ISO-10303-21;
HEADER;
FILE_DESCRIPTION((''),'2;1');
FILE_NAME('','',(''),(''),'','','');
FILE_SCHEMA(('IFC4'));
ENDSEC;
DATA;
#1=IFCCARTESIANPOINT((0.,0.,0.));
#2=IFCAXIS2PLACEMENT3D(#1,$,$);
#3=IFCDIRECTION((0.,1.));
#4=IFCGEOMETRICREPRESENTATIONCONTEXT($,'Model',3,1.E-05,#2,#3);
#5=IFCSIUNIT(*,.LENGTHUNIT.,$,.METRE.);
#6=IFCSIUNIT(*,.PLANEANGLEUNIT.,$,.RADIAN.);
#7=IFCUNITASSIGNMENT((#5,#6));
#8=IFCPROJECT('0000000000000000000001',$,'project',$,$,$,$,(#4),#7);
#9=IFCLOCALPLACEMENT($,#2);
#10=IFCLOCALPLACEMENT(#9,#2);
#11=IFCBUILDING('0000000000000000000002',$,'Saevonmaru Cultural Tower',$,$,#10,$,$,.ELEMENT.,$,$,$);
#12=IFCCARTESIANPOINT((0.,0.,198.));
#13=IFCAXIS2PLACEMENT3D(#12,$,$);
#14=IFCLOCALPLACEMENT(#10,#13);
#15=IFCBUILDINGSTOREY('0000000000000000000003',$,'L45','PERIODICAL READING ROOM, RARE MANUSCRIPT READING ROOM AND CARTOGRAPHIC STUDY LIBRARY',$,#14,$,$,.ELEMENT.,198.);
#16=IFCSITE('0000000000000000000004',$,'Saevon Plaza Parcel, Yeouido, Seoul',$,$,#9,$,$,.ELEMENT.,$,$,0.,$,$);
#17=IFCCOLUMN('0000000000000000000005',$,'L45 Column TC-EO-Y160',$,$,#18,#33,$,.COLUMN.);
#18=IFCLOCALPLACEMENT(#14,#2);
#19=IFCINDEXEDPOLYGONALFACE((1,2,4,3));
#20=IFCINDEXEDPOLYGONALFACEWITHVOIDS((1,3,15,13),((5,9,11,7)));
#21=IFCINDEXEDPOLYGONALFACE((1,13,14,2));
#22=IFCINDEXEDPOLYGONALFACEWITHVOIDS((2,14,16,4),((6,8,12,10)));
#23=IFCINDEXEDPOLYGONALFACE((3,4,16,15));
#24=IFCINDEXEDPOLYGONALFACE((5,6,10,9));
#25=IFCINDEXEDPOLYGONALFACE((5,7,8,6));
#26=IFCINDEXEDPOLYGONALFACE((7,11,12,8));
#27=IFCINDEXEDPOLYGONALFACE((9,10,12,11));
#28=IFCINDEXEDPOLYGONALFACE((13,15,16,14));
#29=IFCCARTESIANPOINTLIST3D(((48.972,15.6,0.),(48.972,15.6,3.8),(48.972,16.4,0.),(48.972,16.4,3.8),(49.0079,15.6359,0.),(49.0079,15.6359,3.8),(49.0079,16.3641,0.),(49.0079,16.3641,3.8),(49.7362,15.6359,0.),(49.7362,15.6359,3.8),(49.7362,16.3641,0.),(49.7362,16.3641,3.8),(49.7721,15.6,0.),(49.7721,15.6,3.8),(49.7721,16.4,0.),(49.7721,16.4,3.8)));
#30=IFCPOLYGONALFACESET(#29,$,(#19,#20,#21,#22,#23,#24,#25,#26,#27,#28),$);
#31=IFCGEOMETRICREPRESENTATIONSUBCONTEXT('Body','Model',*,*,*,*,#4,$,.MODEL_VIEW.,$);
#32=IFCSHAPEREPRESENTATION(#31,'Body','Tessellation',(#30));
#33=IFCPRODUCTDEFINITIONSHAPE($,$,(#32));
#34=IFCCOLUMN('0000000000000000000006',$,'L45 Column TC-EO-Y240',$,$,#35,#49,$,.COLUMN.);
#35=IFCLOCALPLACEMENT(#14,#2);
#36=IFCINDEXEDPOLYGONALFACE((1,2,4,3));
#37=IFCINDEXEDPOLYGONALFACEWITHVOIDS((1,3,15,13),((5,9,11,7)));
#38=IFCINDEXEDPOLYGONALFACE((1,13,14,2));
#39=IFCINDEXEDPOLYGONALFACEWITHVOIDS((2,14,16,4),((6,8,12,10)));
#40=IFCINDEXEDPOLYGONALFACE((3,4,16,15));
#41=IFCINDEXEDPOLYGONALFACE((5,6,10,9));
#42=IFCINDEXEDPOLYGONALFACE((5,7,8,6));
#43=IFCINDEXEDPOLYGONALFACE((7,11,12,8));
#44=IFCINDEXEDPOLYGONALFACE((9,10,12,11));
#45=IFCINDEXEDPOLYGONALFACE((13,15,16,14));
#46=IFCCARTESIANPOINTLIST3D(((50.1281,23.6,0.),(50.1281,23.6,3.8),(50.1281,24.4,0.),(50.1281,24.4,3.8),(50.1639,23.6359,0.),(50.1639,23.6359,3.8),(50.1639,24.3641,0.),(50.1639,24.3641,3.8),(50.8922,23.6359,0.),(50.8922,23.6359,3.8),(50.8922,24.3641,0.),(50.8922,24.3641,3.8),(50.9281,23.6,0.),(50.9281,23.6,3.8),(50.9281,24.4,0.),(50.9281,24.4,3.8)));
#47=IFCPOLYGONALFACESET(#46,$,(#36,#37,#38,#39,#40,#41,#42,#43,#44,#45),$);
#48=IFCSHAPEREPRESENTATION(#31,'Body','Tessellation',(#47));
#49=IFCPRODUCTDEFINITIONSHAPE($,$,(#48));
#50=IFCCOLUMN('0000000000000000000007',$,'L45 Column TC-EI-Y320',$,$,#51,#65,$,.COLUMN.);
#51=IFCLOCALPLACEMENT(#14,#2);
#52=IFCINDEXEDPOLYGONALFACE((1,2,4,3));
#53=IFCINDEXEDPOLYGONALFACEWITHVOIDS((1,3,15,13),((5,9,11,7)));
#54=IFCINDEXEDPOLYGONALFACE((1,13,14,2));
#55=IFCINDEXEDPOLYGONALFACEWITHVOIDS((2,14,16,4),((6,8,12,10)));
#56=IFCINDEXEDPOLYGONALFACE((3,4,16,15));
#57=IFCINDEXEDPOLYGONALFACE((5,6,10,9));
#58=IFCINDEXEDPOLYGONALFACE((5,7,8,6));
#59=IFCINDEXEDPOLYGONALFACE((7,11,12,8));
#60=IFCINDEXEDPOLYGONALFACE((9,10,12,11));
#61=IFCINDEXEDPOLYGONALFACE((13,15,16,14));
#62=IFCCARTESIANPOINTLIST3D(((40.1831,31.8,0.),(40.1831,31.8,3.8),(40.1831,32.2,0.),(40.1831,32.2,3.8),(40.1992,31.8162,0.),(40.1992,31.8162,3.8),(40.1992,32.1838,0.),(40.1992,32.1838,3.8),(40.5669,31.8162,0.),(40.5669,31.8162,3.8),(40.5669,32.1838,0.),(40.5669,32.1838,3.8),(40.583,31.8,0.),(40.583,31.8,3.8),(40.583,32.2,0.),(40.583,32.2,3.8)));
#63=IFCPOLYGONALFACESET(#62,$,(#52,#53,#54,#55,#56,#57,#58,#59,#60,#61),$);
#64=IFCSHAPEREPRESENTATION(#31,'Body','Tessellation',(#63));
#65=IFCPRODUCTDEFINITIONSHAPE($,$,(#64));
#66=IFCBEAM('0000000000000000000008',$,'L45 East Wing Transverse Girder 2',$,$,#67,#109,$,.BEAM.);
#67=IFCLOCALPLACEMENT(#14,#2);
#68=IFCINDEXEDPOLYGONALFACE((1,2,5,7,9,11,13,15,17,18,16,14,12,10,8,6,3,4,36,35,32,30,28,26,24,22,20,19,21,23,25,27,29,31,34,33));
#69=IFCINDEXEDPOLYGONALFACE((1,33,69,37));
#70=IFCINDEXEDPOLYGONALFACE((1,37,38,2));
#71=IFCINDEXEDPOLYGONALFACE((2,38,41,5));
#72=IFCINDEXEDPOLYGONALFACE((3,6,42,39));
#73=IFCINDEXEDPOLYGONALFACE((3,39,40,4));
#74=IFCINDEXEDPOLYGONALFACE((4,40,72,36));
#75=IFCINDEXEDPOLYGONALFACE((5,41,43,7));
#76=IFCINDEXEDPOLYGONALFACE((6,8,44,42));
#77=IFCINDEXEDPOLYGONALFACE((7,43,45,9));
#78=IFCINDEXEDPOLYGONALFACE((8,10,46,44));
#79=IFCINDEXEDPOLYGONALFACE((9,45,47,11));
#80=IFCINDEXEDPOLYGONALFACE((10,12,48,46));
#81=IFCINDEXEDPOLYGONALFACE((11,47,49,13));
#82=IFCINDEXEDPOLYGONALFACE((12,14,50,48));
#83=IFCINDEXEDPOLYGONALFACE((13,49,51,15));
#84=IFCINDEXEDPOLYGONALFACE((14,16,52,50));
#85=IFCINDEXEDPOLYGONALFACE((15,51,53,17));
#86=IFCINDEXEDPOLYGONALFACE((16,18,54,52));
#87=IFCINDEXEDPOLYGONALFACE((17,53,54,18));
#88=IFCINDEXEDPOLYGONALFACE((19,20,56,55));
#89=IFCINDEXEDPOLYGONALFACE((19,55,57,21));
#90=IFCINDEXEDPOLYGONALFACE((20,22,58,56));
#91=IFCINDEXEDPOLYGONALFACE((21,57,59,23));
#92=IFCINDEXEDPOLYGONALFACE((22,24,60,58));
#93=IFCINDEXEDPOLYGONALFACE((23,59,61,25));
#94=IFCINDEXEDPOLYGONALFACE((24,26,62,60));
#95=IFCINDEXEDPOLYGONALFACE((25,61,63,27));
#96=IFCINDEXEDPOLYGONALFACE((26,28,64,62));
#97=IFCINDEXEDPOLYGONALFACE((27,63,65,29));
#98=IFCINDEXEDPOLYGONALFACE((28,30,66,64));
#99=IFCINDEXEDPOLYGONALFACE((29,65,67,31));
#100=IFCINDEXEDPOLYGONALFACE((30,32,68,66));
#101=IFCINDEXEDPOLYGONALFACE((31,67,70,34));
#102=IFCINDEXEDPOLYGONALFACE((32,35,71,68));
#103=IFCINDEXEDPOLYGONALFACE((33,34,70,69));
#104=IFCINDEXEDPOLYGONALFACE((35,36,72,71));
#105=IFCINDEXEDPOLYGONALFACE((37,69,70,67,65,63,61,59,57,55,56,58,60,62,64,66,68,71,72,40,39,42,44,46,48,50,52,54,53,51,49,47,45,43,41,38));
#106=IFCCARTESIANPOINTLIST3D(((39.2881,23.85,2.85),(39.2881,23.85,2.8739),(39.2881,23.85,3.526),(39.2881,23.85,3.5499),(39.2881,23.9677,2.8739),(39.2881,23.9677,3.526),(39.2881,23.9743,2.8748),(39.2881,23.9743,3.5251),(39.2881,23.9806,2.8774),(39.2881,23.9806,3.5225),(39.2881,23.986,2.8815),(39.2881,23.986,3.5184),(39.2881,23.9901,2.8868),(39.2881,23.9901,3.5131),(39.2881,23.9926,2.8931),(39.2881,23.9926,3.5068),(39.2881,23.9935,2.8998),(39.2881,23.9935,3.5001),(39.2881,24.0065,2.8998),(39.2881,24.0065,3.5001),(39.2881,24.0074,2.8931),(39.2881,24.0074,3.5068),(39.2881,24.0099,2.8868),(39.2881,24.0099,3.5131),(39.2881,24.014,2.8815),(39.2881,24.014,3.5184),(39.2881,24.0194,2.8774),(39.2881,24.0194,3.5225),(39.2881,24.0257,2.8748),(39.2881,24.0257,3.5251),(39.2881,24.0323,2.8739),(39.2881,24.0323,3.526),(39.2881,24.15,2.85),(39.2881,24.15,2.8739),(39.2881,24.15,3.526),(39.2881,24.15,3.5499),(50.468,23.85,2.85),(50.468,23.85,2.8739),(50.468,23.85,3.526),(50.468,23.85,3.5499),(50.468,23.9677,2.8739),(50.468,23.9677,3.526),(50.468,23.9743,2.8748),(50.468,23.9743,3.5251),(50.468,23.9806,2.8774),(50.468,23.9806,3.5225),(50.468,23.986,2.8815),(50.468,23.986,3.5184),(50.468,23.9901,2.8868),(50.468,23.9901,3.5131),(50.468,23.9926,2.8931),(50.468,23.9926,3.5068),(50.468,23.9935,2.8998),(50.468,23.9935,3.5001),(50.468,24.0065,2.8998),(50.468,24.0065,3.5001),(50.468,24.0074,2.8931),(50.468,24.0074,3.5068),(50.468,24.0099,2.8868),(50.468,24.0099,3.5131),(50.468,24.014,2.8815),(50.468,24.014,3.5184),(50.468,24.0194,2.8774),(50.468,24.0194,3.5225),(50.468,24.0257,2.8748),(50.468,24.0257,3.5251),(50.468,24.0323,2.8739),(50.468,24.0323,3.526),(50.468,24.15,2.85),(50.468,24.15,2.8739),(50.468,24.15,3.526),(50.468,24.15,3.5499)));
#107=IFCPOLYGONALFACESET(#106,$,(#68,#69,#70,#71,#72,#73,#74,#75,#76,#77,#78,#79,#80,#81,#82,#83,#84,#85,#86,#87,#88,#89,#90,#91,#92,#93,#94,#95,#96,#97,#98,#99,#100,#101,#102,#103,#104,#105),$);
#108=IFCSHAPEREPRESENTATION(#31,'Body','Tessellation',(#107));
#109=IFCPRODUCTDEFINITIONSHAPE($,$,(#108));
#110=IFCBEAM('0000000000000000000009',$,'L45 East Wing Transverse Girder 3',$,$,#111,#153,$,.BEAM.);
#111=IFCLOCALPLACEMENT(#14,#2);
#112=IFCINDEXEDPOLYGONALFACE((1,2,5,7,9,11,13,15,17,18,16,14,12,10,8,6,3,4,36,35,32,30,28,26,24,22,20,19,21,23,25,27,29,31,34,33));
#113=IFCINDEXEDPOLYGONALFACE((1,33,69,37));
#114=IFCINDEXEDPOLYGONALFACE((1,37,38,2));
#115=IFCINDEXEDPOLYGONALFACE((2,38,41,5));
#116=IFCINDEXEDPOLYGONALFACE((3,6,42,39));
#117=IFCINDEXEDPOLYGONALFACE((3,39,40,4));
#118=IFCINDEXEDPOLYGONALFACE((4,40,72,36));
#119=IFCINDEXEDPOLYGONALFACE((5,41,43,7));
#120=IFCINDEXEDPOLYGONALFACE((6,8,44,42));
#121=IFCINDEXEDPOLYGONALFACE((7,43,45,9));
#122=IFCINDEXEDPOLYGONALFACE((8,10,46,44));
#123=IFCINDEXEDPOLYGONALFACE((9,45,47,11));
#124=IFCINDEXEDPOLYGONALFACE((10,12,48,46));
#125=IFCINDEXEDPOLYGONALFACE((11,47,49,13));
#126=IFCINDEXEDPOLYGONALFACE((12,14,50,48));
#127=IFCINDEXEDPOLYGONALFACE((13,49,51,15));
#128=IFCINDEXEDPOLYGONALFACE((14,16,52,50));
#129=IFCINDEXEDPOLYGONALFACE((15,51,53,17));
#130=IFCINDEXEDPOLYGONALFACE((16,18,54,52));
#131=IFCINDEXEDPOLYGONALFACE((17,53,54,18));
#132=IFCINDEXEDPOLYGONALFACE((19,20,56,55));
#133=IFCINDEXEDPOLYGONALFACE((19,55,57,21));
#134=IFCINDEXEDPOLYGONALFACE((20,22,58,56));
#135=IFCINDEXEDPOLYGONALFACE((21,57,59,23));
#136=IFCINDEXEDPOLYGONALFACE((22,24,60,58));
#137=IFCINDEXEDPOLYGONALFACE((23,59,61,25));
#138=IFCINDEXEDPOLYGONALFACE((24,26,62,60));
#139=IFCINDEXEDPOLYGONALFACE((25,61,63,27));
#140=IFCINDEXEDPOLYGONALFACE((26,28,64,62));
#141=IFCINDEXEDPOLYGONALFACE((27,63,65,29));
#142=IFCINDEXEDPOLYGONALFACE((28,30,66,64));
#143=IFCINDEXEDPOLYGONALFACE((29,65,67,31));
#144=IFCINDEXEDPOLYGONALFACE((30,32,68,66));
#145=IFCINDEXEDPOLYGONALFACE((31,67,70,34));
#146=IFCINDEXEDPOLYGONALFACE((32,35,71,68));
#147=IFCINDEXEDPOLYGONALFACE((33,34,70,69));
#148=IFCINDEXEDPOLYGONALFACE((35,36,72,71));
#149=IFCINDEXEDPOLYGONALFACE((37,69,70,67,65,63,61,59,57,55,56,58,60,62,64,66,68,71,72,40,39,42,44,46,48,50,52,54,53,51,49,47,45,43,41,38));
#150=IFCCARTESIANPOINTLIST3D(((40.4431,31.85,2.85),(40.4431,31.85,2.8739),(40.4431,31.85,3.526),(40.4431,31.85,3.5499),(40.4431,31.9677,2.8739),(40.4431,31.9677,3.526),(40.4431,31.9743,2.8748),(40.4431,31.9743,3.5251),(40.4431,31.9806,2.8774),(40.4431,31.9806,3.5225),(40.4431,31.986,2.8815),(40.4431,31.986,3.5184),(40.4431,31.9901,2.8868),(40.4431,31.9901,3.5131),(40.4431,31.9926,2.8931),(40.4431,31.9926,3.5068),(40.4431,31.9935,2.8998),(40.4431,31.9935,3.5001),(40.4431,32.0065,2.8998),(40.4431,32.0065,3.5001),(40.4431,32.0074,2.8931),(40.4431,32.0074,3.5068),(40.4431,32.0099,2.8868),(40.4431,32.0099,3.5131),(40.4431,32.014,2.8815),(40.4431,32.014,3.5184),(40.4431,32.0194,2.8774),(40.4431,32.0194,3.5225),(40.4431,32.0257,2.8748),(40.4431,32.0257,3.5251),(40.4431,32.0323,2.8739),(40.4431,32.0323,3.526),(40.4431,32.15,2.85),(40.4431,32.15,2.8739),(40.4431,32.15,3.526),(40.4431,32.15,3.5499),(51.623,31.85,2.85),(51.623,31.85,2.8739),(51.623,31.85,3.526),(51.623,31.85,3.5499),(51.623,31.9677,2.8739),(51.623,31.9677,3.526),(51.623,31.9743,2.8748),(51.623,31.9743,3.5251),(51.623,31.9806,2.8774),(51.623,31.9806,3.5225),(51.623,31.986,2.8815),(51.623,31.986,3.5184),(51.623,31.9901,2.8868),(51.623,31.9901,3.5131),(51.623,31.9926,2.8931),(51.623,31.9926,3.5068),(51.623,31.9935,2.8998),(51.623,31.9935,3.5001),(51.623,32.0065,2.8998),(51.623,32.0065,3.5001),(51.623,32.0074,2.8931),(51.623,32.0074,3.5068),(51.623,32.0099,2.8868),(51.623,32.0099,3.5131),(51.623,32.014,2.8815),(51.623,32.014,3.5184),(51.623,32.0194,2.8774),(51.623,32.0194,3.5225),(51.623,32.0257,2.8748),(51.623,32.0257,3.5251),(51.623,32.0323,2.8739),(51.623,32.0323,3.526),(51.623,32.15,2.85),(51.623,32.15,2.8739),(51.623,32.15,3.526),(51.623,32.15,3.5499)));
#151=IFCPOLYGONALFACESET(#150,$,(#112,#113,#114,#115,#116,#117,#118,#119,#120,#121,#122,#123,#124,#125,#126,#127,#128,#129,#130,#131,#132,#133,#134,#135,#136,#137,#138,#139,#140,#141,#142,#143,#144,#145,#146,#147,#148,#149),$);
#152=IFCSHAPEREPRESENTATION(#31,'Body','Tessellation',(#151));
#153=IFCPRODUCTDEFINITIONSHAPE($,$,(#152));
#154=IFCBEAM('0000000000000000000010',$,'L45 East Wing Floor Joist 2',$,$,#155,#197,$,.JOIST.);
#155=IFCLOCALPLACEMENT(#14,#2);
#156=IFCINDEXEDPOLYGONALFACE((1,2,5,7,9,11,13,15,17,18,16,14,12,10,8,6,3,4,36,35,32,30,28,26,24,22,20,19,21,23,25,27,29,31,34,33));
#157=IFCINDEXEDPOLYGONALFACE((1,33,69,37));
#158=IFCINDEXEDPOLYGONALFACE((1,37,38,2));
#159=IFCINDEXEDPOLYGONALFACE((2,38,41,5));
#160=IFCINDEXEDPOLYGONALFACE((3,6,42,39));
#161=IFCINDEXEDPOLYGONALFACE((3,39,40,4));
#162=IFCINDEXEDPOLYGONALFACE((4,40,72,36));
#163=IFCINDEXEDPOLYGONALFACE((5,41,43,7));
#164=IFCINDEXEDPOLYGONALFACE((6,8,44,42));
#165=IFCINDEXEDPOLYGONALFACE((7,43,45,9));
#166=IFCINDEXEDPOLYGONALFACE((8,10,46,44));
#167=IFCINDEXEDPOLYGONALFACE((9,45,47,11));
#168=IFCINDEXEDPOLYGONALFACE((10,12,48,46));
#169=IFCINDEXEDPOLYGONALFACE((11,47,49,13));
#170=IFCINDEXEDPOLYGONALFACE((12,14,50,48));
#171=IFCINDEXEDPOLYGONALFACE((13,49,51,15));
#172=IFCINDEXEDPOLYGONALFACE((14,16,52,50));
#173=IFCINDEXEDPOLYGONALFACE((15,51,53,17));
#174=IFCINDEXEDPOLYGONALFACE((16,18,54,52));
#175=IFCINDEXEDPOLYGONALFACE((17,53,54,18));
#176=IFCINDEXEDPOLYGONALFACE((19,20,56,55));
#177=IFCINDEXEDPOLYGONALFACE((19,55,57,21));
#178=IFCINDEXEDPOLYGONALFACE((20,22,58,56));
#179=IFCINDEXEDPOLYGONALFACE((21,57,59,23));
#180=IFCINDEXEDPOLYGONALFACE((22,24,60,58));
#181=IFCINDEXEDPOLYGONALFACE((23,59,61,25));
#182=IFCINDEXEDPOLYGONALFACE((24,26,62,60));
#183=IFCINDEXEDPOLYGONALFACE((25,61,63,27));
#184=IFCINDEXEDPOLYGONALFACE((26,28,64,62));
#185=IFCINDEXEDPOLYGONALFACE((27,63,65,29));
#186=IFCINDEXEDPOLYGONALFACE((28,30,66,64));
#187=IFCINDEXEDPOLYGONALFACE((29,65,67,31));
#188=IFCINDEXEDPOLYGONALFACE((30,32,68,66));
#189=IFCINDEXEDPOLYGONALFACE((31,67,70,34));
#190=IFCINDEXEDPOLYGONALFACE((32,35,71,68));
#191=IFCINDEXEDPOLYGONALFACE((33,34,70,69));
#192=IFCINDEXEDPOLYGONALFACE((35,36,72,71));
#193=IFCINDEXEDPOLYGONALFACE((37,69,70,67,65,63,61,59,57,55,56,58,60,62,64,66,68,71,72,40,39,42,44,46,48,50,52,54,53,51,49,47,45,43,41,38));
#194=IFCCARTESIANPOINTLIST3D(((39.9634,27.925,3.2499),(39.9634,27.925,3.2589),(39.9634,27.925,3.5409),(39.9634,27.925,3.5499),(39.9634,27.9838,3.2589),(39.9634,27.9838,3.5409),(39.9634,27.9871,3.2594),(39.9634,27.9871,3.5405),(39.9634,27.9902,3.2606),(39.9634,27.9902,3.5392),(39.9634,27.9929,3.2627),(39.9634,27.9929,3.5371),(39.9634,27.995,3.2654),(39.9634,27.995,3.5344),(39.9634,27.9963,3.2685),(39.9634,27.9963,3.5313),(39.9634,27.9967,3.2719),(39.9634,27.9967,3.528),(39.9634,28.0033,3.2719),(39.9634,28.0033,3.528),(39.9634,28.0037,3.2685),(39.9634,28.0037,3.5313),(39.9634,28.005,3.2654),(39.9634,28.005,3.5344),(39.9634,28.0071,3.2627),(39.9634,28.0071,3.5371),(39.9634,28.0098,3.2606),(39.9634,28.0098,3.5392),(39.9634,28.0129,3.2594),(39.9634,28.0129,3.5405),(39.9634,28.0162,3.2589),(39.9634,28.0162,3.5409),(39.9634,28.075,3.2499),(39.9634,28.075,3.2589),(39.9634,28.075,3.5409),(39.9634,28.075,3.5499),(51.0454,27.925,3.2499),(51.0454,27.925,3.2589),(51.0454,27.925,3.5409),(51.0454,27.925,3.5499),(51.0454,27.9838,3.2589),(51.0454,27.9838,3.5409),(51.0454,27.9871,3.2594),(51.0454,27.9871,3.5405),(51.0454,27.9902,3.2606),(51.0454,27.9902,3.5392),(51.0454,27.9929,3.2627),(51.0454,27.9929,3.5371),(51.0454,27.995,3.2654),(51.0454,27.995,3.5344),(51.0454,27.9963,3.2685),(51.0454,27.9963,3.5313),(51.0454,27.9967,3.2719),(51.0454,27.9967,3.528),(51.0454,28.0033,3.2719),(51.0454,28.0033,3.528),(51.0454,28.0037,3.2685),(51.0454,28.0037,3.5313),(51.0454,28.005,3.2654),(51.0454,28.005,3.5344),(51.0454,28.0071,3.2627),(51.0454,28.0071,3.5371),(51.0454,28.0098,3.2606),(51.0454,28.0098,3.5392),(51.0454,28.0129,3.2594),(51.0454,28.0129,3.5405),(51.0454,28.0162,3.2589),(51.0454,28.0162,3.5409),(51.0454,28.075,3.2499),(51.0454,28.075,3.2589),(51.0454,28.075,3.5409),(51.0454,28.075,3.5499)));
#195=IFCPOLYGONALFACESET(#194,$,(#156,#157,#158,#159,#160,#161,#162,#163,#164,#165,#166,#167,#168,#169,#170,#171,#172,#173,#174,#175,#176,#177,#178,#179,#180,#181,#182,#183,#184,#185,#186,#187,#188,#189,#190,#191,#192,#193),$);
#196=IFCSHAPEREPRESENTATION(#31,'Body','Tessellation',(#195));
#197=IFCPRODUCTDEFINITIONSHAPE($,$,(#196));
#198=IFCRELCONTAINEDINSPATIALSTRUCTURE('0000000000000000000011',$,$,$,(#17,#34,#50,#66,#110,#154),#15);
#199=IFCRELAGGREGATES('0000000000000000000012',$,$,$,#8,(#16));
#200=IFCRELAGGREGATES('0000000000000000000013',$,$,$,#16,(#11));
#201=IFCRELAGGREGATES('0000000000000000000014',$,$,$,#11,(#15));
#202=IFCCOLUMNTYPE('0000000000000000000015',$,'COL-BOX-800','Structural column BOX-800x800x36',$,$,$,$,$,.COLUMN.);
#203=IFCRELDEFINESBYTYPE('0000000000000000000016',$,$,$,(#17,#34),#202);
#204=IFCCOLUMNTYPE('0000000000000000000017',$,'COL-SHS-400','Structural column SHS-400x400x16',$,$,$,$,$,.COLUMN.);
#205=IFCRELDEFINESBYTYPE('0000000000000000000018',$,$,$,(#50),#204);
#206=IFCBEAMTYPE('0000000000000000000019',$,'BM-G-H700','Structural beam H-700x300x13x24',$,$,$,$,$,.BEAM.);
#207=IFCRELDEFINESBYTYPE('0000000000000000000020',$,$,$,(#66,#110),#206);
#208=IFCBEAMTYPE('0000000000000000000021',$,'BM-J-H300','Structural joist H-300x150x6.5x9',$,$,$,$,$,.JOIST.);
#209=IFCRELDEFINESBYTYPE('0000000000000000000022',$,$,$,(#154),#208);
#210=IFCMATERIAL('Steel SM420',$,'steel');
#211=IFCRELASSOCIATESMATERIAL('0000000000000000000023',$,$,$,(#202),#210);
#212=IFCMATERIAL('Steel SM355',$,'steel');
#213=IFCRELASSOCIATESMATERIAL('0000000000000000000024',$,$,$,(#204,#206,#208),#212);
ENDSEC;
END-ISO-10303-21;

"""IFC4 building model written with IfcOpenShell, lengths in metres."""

from ifc_helpers import new_model, si_unit, direction, frame, origin, origin_2d, place, context, subcontext, project, spatial, hollow_rectangle, i_section, extrude, material, material_profile, profile_set, type_object, element, save


model = new_model("IFC4")

# Units and contexts
model_context = context("Model", 3, precision=1e-05, world=origin(), true_north=direction((0.0, 1.0)))
body_context = subcontext(model_context, "Body", "Model", "MODEL_VIEW")
ifc_project = project(units=[si_unit("LENGTHUNIT", "METRE"), si_unit("PLANEANGLEUNIT", "RADIAN")], contexts=[model_context])

# Site, building, storey
site_placement = place(None, origin())
site = spatial("IfcSite", under=ifc_project, at=site_placement, Name="Saevon Plaza Parcel, Yeouido, Seoul", CompositionType="ELEMENT", RefElevation=0.0)
building_placement = place(site_placement, origin())
building = spatial("IfcBuilding", under=site, at=building_placement, Name="Saevonmaru Cultural Tower", CompositionType="ELEMENT")
storey_placement = place(building_placement, frame((0.0, 0.0, 198.0)))
storey = spatial("IfcBuildingStorey", under=building, at=storey_placement, Name="L45", Description="PERIODICAL READING ROOM, RARE MANUSCRIPT READING ROOM AND CARTOGRAPHIC STUDY LIBRARY", CompositionType="ELEMENT", Elevation=198.0)

# Columns
ifc_material_1 = material(Name="Steel SM420", Category="steel")
ifc_material_profile_1 = material_profile(ifc_material_1, hollow_rectangle(XDim=0.8, YDim=0.8, WallThickness=0.0359, at=origin_2d()), Name="BOX-800x800x36")
ifc_profile_set_1 = profile_set([ifc_material_profile_1], Name="Steel SM420")
column_type_1 = type_object("IfcColumnType", Name="COL-BOX-800", Description="Structural column BOX-800x800x36", PredefinedType="COLUMN", material=ifc_profile_set_1)
for number, where, z_axis, x_axis, name in (
    (1, (49.3721, 16.0, 0.0), (0.0, 0.0, 1.0), (1.0, 0.0, 0.0), "L45 Column TC-EO-Y160"),
    (2, (50.5281, 24.0, 0.0), (0.0, 0.0, 1.0), (1.0, 0.0, 0.0), "L45 Column TC-EO-Y240"),
):
    element("IfcColumn", number, at=place(storey_placement, frame(where, z_axis=z_axis, x_axis=x_axis)), inside=storey, type_object=column_type_1, Name=name, PredefinedType="COLUMN", context=body_context, shape_type="SweptSolid", body=[
        extrude(hollow_rectangle(XDim=0.8, YDim=0.8, WallThickness=0.0359, at=origin_2d()), origin(), (0.0, 0.0, 1.0), 3.8),
    ])
ifc_material_2 = material(Name="Steel SM355", Category="steel")
ifc_material_profile_2 = material_profile(ifc_material_2, hollow_rectangle(XDim=0.3999, YDim=0.3999, WallThickness=0.0161, at=origin_2d()), Name="SHS-400x400x16")
ifc_profile_set_2 = profile_set([ifc_material_profile_2], Name="Steel SM355")
column_type_2 = type_object("IfcColumnType", Name="COL-SHS-400", Description="Structural column SHS-400x400x16", PredefinedType="COLUMN", material=ifc_profile_set_2)
column_placement = place(storey_placement, frame((40.3831, 32.0, 0.0), z_axis=(0.0, 0.0, 1.0), x_axis=(1.0, 0.0, 0.0)))
element("IfcColumn", 3, at=column_placement, inside=storey, type_object=column_type_2, Name="L45 Column TC-EI-Y320", PredefinedType="COLUMN", context=body_context, shape_type="SweptSolid", body=[
    extrude(hollow_rectangle(XDim=0.3999, YDim=0.3999, WallThickness=0.0161, at=origin_2d()), origin(), (0.0, 0.0, 1.0), 3.8),
])

# Beams
ifc_material_profile_3 = material_profile(ifc_material_2, i_section(OverallWidth=0.3, OverallDepth=0.7, WebThickness=0.0129, FlangeThickness=0.0239, FilletRadius=0.0259, at=origin_2d()), Name="H-700x300x13x24")
ifc_profile_set_3 = profile_set([ifc_material_profile_3], Name="Steel SM355")
beam_type_1 = type_object("IfcBeamType", Name="BM-G-H700", Description="Structural beam H-700x300x13x24", PredefinedType="BEAM", material=ifc_profile_set_3)
for number, where, z_axis, x_axis, name in (
    (4, (39.2881, 24.0, 3.2), (1.0, 0.0, 0.0), (0.0, 1.0, 0.0), "L45 East Wing Transverse Girder 2"),
    (5, (40.4431, 32.0, 3.2), (1.0, 0.0, 0.0), (0.0, 1.0, 0.0), "L45 East Wing Transverse Girder 3"),
):
    element("IfcBeam", number, at=place(storey_placement, frame(where, z_axis=z_axis, x_axis=x_axis)), inside=storey, type_object=beam_type_1, Name=name, PredefinedType="BEAM", context=body_context, shape_type="SweptSolid", body=[
        extrude(i_section(OverallWidth=0.3, OverallDepth=0.7, WebThickness=0.0129, FlangeThickness=0.0239, FilletRadius=0.0259, at=origin_2d()), origin(), (0.0, 0.0, 1.0), 11.1799),
    ])
ifc_material_profile_4 = material_profile(ifc_material_2, i_section(OverallWidth=0.1499, OverallDepth=0.3, WebThickness=0.0066, FlangeThickness=0.009, FilletRadius=0.0129, at=origin_2d()), Name="H-300x150x6.5x9")
ifc_profile_set_4 = profile_set([ifc_material_profile_4], Name="Steel SM355")
beam_type_2 = type_object("IfcBeamType", Name="BM-J-H300", Description="Structural joist H-300x150x6.5x9", PredefinedType="JOIST", material=ifc_profile_set_4)
beam_placement = place(storey_placement, frame((39.9634, 28.0, 3.3999), z_axis=(1.0, 0.0, 0.0), x_axis=(0.0, 1.0, 0.0)))
element("IfcBeam", 6, at=beam_placement, inside=storey, type_object=beam_type_2, Name="L45 East Wing Floor Joist 2", PredefinedType="JOIST", context=body_context, shape_type="SweptSolid", body=[
    extrude(i_section(OverallWidth=0.1499, OverallDepth=0.3, WebThickness=0.0066, FlangeThickness=0.009, FilletRadius=0.0129, at=origin_2d()), origin(), (0.0, 0.0, 1.0), 11.082),
])

save(model, "model.ifc")
